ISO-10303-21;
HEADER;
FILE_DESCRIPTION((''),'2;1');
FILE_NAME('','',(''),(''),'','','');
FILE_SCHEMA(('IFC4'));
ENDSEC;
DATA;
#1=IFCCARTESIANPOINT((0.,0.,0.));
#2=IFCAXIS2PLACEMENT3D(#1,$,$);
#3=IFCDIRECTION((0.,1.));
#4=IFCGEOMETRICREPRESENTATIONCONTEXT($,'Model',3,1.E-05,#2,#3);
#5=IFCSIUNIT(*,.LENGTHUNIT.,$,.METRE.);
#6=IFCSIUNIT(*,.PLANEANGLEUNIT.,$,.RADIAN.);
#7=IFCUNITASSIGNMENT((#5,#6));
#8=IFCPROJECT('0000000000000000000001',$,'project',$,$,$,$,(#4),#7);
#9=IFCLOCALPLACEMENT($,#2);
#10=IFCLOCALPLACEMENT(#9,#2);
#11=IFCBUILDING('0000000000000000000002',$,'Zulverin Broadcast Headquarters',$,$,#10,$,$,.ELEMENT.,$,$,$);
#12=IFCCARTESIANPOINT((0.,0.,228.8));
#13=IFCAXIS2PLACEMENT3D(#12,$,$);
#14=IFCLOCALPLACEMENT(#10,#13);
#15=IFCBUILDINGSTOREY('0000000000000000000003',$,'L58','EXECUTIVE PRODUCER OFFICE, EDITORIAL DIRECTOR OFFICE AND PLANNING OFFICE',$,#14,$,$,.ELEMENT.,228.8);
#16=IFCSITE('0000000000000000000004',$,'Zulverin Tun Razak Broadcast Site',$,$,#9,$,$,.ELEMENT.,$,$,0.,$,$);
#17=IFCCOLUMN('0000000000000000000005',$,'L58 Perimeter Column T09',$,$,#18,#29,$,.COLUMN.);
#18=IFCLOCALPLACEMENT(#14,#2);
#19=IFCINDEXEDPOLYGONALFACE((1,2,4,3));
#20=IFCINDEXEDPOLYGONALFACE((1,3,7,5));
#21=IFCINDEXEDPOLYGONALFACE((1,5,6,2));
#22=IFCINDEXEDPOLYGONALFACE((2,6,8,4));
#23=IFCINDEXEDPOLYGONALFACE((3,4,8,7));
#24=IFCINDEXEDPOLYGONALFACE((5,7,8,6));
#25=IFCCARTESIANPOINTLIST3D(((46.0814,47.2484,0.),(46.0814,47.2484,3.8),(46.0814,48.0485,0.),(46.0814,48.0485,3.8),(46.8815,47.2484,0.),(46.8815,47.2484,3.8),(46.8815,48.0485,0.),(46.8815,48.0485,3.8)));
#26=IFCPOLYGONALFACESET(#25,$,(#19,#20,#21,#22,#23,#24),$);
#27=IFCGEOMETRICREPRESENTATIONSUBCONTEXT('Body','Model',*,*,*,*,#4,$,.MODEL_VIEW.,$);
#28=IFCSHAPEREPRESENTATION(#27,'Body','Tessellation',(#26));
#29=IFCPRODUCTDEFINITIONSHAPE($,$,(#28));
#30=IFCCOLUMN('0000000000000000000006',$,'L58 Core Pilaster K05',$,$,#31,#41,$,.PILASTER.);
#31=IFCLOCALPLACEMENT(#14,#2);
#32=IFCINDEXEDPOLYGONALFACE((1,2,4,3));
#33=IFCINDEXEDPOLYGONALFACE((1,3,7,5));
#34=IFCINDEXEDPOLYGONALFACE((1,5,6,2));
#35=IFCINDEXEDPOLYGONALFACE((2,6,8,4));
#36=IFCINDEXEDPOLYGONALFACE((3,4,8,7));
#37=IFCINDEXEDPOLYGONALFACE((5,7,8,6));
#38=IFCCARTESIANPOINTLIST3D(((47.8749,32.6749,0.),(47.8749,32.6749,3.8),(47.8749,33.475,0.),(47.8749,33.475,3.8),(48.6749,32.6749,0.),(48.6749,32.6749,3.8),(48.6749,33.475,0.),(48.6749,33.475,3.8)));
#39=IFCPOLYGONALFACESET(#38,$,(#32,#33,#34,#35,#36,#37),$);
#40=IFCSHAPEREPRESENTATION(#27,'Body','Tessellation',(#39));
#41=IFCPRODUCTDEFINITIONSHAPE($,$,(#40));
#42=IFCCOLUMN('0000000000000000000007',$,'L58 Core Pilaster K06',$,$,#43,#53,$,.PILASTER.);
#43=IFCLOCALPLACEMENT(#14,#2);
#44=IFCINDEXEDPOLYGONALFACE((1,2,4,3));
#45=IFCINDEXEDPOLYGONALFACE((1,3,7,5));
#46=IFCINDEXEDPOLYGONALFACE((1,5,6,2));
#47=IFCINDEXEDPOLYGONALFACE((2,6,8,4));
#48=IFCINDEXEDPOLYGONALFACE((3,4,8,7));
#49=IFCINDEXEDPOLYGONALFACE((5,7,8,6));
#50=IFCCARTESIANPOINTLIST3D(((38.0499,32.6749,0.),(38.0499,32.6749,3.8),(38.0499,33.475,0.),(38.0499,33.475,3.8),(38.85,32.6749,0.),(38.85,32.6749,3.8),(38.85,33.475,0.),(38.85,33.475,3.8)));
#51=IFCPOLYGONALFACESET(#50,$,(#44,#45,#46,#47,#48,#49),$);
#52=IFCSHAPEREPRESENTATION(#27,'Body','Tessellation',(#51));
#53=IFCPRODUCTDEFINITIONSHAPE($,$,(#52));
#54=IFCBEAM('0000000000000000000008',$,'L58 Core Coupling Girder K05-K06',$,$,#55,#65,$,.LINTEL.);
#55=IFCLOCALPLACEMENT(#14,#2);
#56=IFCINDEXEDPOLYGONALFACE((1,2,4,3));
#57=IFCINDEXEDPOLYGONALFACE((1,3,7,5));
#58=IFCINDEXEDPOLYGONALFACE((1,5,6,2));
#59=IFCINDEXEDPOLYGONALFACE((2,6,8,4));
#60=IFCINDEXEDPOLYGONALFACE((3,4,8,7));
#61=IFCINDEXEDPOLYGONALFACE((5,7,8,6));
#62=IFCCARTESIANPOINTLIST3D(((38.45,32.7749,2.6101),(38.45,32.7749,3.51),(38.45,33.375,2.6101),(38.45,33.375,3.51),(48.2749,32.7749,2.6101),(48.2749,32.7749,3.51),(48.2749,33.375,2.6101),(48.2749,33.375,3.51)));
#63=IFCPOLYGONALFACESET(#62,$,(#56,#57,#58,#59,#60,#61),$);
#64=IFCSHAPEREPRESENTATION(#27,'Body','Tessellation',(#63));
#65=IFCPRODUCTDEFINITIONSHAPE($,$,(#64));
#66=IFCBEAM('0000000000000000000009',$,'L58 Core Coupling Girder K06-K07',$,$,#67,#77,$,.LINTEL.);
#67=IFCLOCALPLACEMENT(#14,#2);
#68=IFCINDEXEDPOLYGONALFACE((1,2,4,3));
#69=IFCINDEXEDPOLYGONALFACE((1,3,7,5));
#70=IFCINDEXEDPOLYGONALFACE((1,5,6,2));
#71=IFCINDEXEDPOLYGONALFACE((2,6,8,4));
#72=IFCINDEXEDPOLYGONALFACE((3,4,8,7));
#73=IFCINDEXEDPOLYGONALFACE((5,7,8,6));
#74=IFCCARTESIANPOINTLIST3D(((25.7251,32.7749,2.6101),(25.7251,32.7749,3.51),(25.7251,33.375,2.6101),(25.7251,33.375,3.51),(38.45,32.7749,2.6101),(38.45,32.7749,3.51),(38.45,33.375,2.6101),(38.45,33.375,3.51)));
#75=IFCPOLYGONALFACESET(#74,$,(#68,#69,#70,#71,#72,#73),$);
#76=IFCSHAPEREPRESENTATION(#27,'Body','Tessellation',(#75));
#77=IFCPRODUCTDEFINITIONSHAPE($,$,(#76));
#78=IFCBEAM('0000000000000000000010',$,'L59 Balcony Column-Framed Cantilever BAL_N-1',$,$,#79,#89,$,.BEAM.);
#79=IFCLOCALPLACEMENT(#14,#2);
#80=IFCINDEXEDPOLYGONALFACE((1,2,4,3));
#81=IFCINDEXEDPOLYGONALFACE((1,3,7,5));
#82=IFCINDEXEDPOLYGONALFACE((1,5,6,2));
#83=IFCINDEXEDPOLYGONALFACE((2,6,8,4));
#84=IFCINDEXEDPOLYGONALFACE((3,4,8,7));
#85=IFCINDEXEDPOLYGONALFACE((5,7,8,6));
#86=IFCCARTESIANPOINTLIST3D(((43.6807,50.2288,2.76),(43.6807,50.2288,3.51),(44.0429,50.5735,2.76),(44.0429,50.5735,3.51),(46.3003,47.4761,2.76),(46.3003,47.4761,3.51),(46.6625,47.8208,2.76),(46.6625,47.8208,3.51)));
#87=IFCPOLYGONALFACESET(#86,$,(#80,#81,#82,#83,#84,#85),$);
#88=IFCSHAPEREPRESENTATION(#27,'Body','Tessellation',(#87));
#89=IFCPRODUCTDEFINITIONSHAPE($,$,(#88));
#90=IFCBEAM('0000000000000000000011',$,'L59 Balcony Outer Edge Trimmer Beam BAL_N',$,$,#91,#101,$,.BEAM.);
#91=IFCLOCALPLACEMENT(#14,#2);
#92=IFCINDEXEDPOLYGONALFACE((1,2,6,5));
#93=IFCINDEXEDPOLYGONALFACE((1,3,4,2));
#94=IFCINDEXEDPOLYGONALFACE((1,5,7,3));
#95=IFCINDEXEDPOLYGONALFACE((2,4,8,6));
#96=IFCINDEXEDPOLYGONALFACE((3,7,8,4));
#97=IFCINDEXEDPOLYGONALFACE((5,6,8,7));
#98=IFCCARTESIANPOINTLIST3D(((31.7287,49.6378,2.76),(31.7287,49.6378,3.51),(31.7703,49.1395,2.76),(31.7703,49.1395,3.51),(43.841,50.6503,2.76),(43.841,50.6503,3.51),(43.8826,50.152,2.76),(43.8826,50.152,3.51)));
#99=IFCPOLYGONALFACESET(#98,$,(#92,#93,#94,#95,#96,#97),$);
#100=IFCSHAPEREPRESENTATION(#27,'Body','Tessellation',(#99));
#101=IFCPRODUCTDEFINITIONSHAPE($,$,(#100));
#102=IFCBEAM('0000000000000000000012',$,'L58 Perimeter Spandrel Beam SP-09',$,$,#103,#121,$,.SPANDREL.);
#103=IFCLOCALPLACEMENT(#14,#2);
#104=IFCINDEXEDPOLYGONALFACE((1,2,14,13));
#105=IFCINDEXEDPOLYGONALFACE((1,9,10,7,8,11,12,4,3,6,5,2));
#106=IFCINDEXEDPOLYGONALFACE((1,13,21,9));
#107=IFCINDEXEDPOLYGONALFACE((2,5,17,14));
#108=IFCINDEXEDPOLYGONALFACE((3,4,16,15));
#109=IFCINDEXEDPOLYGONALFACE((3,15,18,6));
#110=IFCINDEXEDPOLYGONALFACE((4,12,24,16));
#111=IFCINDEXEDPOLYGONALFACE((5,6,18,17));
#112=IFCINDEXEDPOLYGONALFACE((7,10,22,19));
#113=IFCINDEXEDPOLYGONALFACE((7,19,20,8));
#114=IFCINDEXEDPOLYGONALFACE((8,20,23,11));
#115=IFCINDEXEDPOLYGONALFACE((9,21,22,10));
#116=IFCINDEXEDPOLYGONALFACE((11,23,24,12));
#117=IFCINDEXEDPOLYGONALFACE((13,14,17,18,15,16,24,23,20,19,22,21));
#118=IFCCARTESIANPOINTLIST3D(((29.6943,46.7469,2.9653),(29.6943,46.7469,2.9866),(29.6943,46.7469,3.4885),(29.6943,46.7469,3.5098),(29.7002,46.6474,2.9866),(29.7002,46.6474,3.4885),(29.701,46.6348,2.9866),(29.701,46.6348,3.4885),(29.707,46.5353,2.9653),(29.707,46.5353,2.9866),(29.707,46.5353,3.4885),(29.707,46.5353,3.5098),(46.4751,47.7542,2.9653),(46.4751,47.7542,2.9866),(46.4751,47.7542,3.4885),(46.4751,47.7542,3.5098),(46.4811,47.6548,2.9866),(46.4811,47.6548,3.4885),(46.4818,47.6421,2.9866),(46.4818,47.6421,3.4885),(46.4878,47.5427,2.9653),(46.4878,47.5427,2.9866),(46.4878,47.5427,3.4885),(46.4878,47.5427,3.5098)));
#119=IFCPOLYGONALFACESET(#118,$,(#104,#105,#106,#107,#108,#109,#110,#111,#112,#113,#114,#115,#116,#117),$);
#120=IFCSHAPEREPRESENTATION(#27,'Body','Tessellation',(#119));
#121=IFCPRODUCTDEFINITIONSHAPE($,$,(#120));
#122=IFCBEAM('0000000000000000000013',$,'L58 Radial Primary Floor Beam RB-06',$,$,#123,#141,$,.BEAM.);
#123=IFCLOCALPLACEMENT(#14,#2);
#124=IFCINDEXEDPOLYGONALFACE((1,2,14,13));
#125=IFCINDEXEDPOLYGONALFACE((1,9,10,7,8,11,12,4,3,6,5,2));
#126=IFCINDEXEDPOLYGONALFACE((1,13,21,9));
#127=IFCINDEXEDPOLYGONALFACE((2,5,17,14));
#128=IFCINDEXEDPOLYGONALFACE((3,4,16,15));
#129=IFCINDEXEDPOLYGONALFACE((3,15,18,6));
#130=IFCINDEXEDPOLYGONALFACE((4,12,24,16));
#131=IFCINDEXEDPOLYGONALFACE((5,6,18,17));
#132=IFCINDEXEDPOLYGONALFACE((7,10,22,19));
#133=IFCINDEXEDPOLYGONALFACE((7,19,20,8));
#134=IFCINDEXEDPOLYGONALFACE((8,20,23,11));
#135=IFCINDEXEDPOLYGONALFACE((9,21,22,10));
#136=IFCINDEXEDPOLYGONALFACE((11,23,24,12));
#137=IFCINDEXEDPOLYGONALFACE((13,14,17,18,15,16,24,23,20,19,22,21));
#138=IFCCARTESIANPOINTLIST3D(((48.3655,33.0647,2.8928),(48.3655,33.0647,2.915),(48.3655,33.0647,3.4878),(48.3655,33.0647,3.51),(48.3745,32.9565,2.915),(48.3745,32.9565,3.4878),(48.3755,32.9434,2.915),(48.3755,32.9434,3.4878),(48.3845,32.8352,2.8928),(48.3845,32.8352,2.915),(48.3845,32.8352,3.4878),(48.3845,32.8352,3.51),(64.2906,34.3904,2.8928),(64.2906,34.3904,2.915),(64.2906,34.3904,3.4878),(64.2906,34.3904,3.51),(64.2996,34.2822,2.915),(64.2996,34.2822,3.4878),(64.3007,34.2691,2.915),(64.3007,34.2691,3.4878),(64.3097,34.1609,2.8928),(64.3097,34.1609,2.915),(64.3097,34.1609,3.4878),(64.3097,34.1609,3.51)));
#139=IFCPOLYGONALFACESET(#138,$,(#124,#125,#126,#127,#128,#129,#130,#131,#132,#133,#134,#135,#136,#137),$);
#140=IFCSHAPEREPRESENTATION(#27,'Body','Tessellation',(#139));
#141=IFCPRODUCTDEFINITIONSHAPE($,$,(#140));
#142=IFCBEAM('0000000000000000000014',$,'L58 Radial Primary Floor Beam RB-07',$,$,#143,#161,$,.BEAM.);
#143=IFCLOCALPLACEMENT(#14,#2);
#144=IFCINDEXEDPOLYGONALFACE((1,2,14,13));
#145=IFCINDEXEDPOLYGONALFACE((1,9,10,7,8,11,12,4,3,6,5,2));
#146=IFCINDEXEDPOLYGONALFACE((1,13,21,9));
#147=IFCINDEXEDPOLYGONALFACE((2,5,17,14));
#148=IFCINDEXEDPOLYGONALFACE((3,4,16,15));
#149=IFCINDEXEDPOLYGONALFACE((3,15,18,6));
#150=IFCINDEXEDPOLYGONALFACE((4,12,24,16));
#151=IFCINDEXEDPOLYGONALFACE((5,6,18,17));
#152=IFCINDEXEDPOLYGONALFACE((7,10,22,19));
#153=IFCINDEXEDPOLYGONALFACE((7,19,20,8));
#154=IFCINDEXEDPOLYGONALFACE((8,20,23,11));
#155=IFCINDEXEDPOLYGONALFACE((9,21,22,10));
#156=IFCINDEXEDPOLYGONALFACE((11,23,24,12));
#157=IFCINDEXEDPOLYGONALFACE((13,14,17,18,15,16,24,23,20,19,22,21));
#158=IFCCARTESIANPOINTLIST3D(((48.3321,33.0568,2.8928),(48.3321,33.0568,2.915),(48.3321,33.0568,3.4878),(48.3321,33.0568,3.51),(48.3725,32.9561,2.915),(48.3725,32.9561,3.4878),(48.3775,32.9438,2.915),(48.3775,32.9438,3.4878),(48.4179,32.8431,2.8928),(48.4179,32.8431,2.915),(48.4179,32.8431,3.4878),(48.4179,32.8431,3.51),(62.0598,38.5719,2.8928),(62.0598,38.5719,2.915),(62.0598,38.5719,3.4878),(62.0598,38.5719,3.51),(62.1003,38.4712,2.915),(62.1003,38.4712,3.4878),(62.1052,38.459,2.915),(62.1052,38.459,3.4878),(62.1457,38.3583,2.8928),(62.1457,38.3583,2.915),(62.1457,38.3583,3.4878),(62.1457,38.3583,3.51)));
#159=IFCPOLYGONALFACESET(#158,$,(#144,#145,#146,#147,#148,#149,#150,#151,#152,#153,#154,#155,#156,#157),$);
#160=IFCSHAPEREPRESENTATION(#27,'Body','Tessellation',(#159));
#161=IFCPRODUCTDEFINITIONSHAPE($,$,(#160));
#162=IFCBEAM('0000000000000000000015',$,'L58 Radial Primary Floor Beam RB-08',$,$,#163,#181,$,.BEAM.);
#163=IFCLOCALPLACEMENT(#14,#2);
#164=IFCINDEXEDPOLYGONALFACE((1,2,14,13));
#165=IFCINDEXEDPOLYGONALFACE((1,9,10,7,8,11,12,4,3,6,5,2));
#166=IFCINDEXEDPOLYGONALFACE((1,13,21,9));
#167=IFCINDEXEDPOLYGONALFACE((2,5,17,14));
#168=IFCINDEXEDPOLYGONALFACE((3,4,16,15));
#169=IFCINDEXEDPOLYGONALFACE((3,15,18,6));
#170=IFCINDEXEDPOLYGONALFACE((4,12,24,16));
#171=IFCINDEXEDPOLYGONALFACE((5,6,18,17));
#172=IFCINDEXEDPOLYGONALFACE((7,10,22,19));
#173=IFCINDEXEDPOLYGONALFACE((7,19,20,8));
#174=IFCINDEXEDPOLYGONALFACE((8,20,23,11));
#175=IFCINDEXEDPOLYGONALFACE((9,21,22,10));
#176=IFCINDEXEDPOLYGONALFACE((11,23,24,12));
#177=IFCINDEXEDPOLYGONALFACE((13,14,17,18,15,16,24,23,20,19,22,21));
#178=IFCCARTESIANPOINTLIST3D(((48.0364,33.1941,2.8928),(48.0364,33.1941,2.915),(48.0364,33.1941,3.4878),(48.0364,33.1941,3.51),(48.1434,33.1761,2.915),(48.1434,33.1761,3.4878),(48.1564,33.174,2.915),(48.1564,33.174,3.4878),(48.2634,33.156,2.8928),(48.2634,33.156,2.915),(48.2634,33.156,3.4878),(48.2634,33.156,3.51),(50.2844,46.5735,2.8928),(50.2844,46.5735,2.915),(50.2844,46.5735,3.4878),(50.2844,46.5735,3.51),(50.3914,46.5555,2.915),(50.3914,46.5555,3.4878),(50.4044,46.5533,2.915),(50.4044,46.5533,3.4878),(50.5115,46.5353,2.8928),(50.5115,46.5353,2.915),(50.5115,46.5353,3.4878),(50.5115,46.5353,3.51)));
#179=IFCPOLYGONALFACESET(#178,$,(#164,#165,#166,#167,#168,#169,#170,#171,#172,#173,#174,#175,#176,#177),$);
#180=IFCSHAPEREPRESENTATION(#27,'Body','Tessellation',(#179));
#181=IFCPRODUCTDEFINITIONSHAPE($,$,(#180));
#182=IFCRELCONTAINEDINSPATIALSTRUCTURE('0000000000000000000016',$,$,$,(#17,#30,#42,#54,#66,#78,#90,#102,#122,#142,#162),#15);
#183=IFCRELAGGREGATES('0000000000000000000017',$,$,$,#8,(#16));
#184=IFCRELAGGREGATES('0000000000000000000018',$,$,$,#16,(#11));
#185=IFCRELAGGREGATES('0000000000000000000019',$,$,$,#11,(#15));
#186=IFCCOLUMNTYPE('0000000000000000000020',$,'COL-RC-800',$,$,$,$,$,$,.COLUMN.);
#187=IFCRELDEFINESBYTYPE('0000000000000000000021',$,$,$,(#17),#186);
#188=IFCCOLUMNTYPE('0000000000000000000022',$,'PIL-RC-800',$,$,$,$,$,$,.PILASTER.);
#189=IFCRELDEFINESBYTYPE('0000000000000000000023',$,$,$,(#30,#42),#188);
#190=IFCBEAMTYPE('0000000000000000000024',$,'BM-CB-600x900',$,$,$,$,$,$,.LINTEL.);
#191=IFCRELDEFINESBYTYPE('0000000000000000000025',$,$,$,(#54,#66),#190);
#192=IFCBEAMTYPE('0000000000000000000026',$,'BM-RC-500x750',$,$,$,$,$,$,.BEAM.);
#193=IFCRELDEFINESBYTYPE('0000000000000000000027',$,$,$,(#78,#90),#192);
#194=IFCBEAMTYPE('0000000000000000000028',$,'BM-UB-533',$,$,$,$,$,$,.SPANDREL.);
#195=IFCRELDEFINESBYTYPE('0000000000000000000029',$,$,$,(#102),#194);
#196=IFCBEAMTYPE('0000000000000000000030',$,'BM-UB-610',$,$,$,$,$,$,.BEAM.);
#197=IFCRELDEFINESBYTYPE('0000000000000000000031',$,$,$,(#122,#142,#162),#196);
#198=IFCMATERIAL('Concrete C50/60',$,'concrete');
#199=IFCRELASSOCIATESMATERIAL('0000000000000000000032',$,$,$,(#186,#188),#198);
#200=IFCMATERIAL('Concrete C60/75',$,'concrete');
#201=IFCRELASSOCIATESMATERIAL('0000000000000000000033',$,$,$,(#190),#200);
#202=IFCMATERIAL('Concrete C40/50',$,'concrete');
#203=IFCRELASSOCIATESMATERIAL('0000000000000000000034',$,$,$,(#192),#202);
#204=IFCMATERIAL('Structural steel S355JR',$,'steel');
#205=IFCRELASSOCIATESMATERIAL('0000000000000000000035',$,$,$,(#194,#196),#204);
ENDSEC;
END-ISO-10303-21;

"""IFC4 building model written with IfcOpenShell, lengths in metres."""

from ifc_helpers import new_model, si_unit, direction, frame, origin, origin_2d, place, context, subcontext, project, spatial, rectangle, i_section, extrude, material, material_profile, profile_set, type_object, element, save


model = new_model("IFC4")

# Units and contexts
model_context = context("Model", 3, precision=1e-05, world=origin(), true_north=direction((0.0, 1.0)))
body_context = subcontext(model_context, "Body", "Model", "MODEL_VIEW")
ifc_project = project(units=[si_unit("LENGTHUNIT", "METRE"), si_unit("PLANEANGLEUNIT", "RADIAN")], contexts=[model_context])

# Site, building, storey
site_placement = place(None, origin())
site = spatial("IfcSite", under=ifc_project, at=site_placement, Name="Zulverin Tun Razak Broadcast Site", CompositionType="ELEMENT", RefElevation=0.0)
building_placement = place(site_placement, origin())
building = spatial("IfcBuilding", under=site, at=building_placement, Name="Zulverin Broadcast Headquarters", CompositionType="ELEMENT")
storey_placement = place(building_placement, frame((0.0, 0.0, 228.8)))
storey = spatial("IfcBuildingStorey", under=building, at=storey_placement, Name="L58", Description="EXECUTIVE PRODUCER OFFICE, EDITORIAL DIRECTOR OFFICE AND PLANNING OFFICE", CompositionType="ELEMENT", Elevation=228.8)

# Columns
ifc_material_1 = material(Name="Concrete C50/60", Category="concrete")
ifc_material_profile_1 = material_profile(ifc_material_1, rectangle(XDim=0.8, YDim=0.8, at=origin_2d()), Name="Concrete C50/60", Category="concrete")
ifc_profile_set_1 = profile_set([ifc_material_profile_1], Name="Concrete C50/60")
column_type_1 = type_object("IfcColumnType", Name="COL-RC-800", PredefinedType="COLUMN", material=ifc_profile_set_1)
column_placement = place(storey_placement, frame((46.4814, 47.6484, 0.0), z_axis=(0.0, 0.0, 1.0), x_axis=(1.0, 0.0, 0.0)))
element("IfcColumn", 1, at=column_placement, inside=storey, type_object=column_type_1, Name="L58 Perimeter Column T09", PredefinedType="COLUMN", context=body_context, shape_type="SweptSolid", body=[
    extrude(rectangle(XDim=0.8, YDim=0.8, at=origin_2d()), origin(), (0.0, 0.0, 1.0), 3.8),
])
ifc_material_profile_2 = material_profile(ifc_material_1, rectangle(XDim=0.8, YDim=0.8, at=origin_2d()), Name="Concrete C50/60", Category="concrete")
ifc_profile_set_2 = profile_set([ifc_material_profile_2], Name="Concrete C50/60")
column_type_2 = type_object("IfcColumnType", Name="PIL-RC-800", PredefinedType="PILASTER", material=ifc_profile_set_2)
for number, where, z_axis, x_axis, name in (
    (2, (48.2749, 33.075, 0.0), (0.0, 0.0, 1.0), (1.0, 0.0, 0.0), "L58 Core Pilaster K05"),
    (3, (38.45, 33.075, 0.0), (0.0, 0.0, 1.0), (1.0, 0.0, 0.0), "L58 Core Pilaster K06"),
):
    element("IfcColumn", number, at=place(storey_placement, frame(where, z_axis=z_axis, x_axis=x_axis)), inside=storey, type_object=column_type_2, Name=name, PredefinedType="PILASTER", context=body_context, shape_type="SweptSolid", body=[
        extrude(rectangle(XDim=0.8, YDim=0.8, at=origin_2d()), origin(), (0.0, 0.0, 1.0), 3.8),
    ])

# Beams
ifc_material_2 = material(Name="Concrete C60/75", Category="concrete")
ifc_material_profile_3 = material_profile(ifc_material_2, rectangle(XDim=0.6001, YDim=0.8999, at=origin_2d()), Name="Concrete C60/75", Category="concrete")
ifc_profile_set_3 = profile_set([ifc_material_profile_3], Name="Concrete C60/75")
beam_type_1 = type_object("IfcBeamType", Name="BM-CB-600x900", PredefinedType="LINTEL", material=ifc_profile_set_3)
beam_1_placement = place(storey_placement, frame((48.2749, 33.075, 3.0601), z_axis=(-1.0, 0.0, 0.0), x_axis=(0.0, -1.0, 0.0)))
element("IfcBeam", 4, at=beam_1_placement, inside=storey, type_object=beam_type_1, Name="L58 Core Coupling Girder K05-K06", PredefinedType="LINTEL", context=body_context, shape_type="SweptSolid", body=[
    extrude(rectangle(XDim=0.6001, YDim=0.8999, at=origin_2d()), origin(), (0.0, 0.0, 1.0), 9.825),
])
beam_2_placement = place(storey_placement, frame((38.45, 33.075, 3.0601), z_axis=(-1.0, 0.0, 0.0), x_axis=(0.0, -1.0, 0.0)))
element("IfcBeam", 5, at=beam_2_placement, inside=storey, type_object=beam_type_1, Name="L58 Core Coupling Girder K06-K07", PredefinedType="LINTEL", context=body_context, shape_type="SweptSolid", body=[
    extrude(rectangle(XDim=0.6001, YDim=0.8999, at=origin_2d()), origin(), (0.0, 0.0, 1.0), 12.7249),
])
ifc_material_3 = material(Name="Concrete C40/50", Category="concrete")
ifc_material_profile_4 = material_profile(ifc_material_3, rectangle(XDim=0.5, YDim=0.75, at=origin_2d()), Name="Concrete C40/50", Category="concrete")
ifc_profile_set_4 = profile_set([ifc_material_profile_4], Name="Concrete C40/50")
beam_type_2 = type_object("IfcBeamType", Name="BM-RC-500x750", PredefinedType="BEAM", material=ifc_profile_set_4)
beam_3_placement = place(storey_placement, frame((46.4814, 47.6484, 3.135), z_axis=(-0.689382, 0.724398, 0.0), x_axis=(-0.724398, -0.689382, 0.0)))
element("IfcBeam", 6, at=beam_3_placement, inside=storey, type_object=beam_type_2, Name="L59 Balcony Column-Framed Cantilever BAL_N-1", PredefinedType="BEAM", context=body_context, shape_type="SweptSolid", body=[
    extrude(rectangle(XDim=0.5, YDim=0.75, at=origin_2d()), origin(), (0.0, 0.0, 1.0), 3.8),
])
beam_4_placement = place(storey_placement, frame((43.8618, 50.4011, 3.135), z_axis=(-0.996525, -0.083298, 0.0), x_axis=(0.083298, -0.996525, 0.0)))
element("IfcBeam", 7, at=beam_4_placement, inside=storey, type_object=beam_type_2, Name="L59 Balcony Outer Edge Trimmer Beam BAL_N", PredefinedType="BEAM", context=body_context, shape_type="SweptSolid", body=[
    extrude(rectangle(XDim=0.5, YDim=0.75, at=origin_2d()), origin(), (0.0, 0.0, 1.0), 12.1545),
])
ifc_material_4 = material(Name="Structural steel S355JR", Category="steel")
ifc_material_profile_5 = material_profile(ifc_material_4, i_section(OverallWidth=0.2119, OverallDepth=0.5444, WebThickness=0.0127, FlangeThickness=0.0212, at=origin_2d()), Name="Structural steel S355JR", Category="steel")
ifc_profile_set_5 = profile_set([ifc_material_profile_5], Name="Structural steel S355JR")
beam_type_3 = type_object("IfcBeamType", Name="BM-UB-533", PredefinedType="SPANDREL", material=ifc_profile_set_5)
beam_5_placement = place(storey_placement, frame((46.4814, 47.6484, 3.2375), z_axis=(-0.998203, -0.059921, 0.0), x_axis=(0.059921, -0.998203, 0.0)))
element("IfcBeam", 8, at=beam_5_placement, inside=storey, type_object=beam_type_3, Name="L58 Perimeter Spandrel Beam SP-09", PredefinedType="SPANDREL", context=body_context, shape_type="SweptSolid", body=[
    extrude(i_section(OverallWidth=0.2119, OverallDepth=0.5444, WebThickness=0.0127, FlangeThickness=0.0212, at=origin_2d()), origin(), (0.0, 0.0, 1.0), 16.811),
])
ifc_material_profile_6 = material_profile(ifc_material_4, i_section(OverallWidth=0.2302, OverallDepth=0.6172, WebThickness=0.0132, FlangeThickness=0.0222, at=origin_2d()), Name="Structural steel S355JR", Category="steel")
ifc_profile_set_6 = profile_set([ifc_material_profile_6], Name="Structural steel S355JR")
beam_type_4 = type_object("IfcBeamType", Name="BM-UB-610", PredefinedType="BEAM", material=ifc_profile_set_6)
beam_6_placement = place(storey_placement, frame((48.375, 32.95, 3.2014), z_axis=(0.996553, 0.082958, 0.0), x_axis=(-0.082958, 0.996553, 0.0)))
element("IfcBeam", 9, at=beam_6_placement, inside=storey, type_object=beam_type_4, Name="L58 Radial Primary Floor Beam RB-06", PredefinedType="BEAM", context=body_context, shape_type="SweptSolid", body=[
    extrude(i_section(OverallWidth=0.2302, OverallDepth=0.6172, WebThickness=0.0132, FlangeThickness=0.0222, at=origin_2d()), origin(), (0.0, 0.0, 1.0), 15.9802),
])
beam_7_placement = place(storey_placement, frame((48.375, 32.95, 3.2014), z_axis=(0.927916, 0.37279, 0.0), x_axis=(-0.37279, 0.927916, 0.0)))
element("IfcBeam", 10, at=beam_7_placement, inside=storey, type_object=beam_type_4, Name="L58 Radial Primary Floor Beam RB-07", PredefinedType="BEAM", context=body_context, shape_type="SweptSolid", body=[
    extrude(i_section(OverallWidth=0.2302, OverallDepth=0.6172, WebThickness=0.0132, FlangeThickness=0.0222, at=origin_2d()), origin(), (0.0, 0.0, 1.0), 14.7942),
])
beam_8_placement = place(storey_placement, frame((48.1499, 33.175, 3.2014), z_axis=(0.1657, 0.986176, 0.0), x_axis=(-0.986176, 0.1657, 0.0)))
element("IfcBeam", 11, at=beam_8_placement, inside=storey, type_object=beam_type_4, Name="L58 Radial Primary Floor Beam RB-08", PredefinedType="BEAM", context=body_context, shape_type="SweptSolid", body=[
    extrude(i_section(OverallWidth=0.2302, OverallDepth=0.6172, WebThickness=0.0132, FlangeThickness=0.0222, at=origin_2d()), origin(), (0.0, 0.0, 1.0), 13.5669),
])

save(model, "model.ifc")
